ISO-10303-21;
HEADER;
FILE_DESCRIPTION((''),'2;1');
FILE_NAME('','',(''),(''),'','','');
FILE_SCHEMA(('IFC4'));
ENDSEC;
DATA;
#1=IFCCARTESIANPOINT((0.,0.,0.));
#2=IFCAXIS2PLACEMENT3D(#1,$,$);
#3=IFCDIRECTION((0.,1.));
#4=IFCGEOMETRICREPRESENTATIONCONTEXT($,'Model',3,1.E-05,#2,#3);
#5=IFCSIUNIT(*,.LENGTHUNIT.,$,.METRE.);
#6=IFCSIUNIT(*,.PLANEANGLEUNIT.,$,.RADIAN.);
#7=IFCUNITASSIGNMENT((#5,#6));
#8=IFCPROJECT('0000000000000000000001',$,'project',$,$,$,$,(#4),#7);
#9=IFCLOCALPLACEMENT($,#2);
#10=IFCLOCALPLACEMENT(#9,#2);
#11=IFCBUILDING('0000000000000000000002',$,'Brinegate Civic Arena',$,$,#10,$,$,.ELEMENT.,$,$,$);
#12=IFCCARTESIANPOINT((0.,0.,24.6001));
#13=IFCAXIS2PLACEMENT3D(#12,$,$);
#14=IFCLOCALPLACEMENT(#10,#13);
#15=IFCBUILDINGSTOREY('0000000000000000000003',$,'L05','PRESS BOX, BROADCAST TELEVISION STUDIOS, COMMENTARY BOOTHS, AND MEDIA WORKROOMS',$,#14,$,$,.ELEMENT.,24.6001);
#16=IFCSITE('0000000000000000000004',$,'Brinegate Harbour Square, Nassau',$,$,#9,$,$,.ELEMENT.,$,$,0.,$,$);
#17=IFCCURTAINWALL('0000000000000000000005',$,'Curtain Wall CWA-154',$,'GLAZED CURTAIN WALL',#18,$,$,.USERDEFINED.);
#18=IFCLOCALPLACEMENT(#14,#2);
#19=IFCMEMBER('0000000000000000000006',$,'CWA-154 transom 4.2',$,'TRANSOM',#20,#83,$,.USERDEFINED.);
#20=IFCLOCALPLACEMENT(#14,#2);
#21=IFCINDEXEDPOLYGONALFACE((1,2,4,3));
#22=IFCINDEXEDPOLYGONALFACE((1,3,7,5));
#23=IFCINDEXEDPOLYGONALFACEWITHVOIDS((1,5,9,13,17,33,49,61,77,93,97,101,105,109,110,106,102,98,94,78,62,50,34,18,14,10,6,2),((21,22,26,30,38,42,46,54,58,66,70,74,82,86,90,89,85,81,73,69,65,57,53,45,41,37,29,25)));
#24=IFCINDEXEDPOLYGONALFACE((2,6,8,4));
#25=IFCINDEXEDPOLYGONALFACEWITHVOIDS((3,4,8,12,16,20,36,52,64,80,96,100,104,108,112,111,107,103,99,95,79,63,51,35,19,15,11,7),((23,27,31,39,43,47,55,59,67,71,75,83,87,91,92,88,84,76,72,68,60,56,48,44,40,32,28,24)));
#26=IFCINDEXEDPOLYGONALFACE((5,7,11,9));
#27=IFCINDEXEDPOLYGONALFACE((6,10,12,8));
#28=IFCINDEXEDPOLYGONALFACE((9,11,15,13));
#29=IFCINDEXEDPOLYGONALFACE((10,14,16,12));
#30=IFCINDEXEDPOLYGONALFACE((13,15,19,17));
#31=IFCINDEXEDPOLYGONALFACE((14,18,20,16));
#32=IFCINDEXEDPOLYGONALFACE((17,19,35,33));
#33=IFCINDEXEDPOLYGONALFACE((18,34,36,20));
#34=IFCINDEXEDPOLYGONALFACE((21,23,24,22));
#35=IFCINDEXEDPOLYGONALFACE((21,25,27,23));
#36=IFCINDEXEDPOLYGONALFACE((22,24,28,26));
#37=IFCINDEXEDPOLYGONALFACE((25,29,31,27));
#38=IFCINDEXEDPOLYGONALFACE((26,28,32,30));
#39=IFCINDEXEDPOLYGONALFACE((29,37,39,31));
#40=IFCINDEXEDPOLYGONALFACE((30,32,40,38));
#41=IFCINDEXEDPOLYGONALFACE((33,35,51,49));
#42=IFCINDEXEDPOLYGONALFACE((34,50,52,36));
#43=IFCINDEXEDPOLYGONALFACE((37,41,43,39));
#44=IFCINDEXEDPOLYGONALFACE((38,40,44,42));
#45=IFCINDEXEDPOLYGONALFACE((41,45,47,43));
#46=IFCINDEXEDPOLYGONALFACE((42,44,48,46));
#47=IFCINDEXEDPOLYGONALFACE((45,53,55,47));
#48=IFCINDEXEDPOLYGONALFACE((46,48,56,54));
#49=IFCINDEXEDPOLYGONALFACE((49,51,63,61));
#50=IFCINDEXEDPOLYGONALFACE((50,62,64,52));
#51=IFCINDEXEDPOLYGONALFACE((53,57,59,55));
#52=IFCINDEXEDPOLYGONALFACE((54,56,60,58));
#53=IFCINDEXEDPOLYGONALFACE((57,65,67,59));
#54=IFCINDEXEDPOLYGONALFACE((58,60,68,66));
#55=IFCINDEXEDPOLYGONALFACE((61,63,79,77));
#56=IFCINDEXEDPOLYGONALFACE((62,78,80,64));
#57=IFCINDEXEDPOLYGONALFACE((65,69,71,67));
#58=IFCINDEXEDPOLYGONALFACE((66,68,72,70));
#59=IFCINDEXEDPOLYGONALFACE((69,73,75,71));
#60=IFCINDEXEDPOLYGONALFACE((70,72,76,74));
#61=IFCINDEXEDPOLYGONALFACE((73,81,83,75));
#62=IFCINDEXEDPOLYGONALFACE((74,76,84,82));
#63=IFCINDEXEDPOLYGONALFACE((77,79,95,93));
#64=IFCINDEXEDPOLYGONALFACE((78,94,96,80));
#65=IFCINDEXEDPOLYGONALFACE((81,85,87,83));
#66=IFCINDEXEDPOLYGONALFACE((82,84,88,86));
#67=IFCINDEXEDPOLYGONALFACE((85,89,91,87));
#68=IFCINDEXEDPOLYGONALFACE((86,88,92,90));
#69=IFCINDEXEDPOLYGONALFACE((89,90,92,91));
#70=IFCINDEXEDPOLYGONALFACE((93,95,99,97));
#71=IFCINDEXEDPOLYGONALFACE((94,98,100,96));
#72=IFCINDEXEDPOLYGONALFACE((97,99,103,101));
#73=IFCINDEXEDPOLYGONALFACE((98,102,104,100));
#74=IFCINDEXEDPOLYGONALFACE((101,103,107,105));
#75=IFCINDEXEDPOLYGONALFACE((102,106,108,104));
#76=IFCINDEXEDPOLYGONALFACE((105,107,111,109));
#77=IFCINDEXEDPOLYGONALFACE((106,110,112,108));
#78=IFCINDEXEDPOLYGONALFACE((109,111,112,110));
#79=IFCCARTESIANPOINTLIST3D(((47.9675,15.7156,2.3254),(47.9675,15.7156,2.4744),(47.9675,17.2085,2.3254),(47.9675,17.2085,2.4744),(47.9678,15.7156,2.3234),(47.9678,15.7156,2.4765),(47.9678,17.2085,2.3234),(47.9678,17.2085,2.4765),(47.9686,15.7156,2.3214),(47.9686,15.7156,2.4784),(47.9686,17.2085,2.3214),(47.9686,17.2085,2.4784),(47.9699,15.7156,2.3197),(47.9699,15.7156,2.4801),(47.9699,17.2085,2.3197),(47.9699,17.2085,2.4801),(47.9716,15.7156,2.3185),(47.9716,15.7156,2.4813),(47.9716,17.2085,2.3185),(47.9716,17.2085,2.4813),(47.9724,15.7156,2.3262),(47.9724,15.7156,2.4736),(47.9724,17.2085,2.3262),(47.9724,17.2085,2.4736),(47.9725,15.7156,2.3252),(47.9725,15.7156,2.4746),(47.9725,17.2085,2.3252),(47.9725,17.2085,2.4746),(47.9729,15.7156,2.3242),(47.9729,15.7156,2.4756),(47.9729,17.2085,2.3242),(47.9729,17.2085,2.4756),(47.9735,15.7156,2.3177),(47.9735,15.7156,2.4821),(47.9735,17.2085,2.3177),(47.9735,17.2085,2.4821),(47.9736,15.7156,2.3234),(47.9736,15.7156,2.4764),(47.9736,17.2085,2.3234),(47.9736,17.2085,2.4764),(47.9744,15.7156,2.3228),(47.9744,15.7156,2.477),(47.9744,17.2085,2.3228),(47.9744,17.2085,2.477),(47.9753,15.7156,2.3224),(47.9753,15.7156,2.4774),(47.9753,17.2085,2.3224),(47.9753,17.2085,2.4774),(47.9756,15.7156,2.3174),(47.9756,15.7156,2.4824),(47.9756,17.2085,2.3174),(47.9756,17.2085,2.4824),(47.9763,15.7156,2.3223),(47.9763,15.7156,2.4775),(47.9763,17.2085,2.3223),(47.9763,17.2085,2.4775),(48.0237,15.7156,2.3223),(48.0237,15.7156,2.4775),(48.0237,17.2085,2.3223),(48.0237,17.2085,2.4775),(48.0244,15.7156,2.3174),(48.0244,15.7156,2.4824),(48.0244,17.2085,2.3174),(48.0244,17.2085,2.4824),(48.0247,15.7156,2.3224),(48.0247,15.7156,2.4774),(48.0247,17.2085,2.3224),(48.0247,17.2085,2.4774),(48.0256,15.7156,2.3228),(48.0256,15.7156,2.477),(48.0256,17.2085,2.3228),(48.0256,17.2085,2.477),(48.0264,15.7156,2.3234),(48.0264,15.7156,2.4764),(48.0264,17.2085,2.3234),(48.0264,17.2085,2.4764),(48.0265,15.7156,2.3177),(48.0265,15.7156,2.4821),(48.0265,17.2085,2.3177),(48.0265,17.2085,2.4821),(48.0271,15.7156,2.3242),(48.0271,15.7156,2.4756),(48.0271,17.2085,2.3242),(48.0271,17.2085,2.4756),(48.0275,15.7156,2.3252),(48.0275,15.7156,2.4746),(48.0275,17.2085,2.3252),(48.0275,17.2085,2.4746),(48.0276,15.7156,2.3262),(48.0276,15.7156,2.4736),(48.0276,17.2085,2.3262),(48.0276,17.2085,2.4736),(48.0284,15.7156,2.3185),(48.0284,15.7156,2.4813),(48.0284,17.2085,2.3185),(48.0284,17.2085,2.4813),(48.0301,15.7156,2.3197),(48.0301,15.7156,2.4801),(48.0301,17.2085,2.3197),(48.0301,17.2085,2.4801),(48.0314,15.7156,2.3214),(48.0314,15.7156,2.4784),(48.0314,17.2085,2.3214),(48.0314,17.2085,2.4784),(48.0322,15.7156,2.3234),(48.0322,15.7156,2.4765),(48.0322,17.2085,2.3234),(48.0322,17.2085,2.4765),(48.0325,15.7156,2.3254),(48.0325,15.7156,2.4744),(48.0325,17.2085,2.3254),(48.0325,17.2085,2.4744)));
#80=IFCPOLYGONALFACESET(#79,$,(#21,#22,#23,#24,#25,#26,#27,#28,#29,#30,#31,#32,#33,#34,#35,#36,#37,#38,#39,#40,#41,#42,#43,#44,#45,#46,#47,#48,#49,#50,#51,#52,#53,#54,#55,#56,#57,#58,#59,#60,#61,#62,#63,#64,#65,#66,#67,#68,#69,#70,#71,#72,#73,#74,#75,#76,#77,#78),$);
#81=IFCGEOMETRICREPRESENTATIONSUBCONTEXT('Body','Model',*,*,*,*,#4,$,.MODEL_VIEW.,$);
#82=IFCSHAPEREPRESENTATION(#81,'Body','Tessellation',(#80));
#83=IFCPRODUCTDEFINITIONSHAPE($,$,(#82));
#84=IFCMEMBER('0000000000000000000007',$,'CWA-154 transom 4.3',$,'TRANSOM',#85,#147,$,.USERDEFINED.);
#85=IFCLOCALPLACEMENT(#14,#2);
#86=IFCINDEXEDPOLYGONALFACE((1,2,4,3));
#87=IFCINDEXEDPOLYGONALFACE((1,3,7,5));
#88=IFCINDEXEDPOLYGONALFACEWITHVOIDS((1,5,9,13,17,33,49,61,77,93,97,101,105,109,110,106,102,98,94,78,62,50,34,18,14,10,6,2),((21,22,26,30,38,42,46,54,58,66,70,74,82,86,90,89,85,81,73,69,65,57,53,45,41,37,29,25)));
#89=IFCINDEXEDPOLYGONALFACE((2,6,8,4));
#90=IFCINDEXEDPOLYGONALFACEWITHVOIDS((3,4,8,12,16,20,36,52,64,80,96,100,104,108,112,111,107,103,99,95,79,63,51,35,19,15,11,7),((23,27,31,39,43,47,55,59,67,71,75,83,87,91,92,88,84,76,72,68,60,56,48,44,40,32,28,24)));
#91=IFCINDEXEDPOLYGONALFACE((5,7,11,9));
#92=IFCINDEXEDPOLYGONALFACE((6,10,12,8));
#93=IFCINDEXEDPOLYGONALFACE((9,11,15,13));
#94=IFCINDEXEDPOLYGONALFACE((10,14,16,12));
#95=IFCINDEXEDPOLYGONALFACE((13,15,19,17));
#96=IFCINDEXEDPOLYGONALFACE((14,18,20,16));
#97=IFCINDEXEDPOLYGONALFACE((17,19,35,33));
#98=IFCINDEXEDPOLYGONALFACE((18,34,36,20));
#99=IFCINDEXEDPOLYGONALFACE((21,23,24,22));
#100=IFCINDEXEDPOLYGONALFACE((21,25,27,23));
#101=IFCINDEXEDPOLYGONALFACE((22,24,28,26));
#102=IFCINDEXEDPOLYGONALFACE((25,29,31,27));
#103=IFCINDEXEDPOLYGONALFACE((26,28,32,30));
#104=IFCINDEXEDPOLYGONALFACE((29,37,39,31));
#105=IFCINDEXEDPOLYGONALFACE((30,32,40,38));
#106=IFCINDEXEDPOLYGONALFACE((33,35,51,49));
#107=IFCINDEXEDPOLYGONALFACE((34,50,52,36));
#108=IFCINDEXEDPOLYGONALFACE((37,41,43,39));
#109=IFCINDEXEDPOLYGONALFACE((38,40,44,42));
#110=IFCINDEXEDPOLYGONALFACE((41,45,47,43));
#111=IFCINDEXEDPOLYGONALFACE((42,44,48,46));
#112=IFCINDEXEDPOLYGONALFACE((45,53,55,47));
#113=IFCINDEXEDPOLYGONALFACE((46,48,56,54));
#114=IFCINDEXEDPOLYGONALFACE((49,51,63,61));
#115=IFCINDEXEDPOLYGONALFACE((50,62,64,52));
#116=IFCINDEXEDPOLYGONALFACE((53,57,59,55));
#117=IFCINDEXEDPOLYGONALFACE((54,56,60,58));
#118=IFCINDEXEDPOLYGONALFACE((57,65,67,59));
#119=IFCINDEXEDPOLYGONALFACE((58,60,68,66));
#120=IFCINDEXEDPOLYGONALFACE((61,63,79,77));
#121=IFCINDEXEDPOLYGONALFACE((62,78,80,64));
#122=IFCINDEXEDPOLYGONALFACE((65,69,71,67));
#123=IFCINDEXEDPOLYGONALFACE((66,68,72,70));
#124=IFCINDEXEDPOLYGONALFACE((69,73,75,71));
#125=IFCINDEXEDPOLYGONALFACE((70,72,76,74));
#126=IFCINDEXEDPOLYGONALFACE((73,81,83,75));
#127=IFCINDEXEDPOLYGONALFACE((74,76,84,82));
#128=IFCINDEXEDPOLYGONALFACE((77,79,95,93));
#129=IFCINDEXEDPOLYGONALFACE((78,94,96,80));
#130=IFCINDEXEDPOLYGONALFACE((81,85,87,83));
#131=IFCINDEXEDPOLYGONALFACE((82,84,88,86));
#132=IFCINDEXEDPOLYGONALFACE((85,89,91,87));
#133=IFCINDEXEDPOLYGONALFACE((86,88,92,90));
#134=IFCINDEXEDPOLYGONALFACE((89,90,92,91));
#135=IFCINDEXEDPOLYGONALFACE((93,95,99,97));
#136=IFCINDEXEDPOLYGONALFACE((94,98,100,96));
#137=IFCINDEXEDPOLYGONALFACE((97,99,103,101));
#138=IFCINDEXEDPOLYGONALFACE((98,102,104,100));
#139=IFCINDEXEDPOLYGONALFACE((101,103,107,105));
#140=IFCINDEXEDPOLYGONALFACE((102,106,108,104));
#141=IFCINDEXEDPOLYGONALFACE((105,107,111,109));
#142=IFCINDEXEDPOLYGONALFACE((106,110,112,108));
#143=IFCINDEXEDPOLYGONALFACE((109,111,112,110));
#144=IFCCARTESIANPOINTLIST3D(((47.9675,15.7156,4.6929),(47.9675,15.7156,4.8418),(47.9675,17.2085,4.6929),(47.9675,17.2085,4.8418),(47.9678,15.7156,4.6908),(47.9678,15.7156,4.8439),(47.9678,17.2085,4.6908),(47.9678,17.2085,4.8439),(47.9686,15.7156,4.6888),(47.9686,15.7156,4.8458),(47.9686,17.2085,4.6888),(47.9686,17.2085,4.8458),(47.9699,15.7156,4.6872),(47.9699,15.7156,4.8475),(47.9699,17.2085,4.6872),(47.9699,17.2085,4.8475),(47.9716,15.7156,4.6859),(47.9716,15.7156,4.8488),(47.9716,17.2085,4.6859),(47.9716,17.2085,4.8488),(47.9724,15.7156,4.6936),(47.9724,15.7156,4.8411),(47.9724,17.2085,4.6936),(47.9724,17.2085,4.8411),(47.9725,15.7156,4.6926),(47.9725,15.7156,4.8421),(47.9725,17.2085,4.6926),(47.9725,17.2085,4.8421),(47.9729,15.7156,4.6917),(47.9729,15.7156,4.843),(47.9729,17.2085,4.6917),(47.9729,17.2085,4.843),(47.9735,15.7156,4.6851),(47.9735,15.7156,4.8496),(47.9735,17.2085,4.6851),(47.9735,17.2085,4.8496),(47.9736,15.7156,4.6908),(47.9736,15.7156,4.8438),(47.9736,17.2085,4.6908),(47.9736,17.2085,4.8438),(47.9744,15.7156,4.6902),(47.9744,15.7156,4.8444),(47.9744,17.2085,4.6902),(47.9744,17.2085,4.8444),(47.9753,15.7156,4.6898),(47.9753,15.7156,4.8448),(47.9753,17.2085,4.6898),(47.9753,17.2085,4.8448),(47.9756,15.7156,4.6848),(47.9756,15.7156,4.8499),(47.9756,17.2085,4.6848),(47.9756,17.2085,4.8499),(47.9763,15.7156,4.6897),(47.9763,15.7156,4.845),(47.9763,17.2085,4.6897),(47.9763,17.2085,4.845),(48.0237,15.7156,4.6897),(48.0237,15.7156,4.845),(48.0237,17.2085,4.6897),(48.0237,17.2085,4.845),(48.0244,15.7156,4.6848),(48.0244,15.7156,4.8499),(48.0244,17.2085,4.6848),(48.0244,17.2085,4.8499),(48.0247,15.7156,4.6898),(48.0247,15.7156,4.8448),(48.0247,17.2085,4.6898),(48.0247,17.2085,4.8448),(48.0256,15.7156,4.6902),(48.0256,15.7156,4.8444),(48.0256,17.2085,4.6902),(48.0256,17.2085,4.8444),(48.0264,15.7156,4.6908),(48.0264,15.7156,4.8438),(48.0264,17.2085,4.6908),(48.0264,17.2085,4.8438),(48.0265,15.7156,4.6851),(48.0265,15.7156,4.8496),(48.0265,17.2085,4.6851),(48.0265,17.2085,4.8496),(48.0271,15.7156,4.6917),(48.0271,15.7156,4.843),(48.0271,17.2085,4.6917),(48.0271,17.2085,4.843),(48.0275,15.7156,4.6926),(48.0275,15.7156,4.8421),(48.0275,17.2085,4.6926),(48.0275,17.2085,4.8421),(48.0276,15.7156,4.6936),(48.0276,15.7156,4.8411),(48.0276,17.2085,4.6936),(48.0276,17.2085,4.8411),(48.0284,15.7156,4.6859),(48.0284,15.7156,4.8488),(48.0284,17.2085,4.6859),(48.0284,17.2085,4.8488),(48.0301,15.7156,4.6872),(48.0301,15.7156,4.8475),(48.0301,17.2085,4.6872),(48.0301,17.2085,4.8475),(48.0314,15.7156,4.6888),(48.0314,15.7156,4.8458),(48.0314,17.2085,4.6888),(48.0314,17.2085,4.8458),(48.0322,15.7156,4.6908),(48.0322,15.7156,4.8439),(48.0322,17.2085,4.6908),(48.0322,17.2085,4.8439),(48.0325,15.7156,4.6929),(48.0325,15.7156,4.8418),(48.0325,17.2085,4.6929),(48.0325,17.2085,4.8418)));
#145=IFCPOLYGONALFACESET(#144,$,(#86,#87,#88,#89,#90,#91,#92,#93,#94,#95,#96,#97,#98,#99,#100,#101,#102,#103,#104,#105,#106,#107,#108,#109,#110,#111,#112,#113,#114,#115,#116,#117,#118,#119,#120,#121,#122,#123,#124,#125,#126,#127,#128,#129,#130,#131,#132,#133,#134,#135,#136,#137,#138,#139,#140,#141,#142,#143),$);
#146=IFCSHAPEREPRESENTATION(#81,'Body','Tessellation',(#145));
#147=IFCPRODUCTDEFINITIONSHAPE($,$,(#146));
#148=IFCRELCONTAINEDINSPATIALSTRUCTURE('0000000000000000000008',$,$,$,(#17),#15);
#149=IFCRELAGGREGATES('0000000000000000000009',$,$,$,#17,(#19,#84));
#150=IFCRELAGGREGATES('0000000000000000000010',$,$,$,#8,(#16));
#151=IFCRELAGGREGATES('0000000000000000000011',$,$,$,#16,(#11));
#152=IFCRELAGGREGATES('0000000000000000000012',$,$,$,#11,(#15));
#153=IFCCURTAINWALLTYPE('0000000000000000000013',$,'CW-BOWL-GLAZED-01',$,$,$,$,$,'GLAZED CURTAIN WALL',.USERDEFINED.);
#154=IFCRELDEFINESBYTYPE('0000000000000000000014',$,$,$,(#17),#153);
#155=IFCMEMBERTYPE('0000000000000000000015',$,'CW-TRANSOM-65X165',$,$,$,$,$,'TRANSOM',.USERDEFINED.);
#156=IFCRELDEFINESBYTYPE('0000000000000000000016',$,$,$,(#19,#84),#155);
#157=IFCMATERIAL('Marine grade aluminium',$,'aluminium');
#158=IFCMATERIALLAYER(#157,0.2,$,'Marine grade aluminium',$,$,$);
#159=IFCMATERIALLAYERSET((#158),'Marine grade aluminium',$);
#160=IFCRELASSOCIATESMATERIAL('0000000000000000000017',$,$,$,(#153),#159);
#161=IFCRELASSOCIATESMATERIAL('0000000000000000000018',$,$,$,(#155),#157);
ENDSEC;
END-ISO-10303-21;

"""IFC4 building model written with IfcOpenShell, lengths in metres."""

from ifc_helpers import new_model, si_unit, direction, frame, origin, origin_2d, place, context, subcontext, project, spatial, hollow_rectangle, extrude, material, layer, layer_set, material_profile, profile_set, type_object, element, aggregate, save


model = new_model("IFC4")

# Units and contexts
model_context = context("Model", 3, precision=1e-05, world=origin(), true_north=direction((0.0, 1.0)))
body_context = subcontext(model_context, "Body", "Model", "MODEL_VIEW")
ifc_project = project(units=[si_unit("LENGTHUNIT", "METRE"), si_unit("PLANEANGLEUNIT", "RADIAN")], contexts=[model_context])

# Site, building, storey
site_placement = place(None, origin())
site = spatial("IfcSite", under=ifc_project, at=site_placement, Name="Brinegate Harbour Square, Nassau", CompositionType="ELEMENT", RefElevation=0.0)
building_placement = place(site_placement, origin())
building = spatial("IfcBuilding", under=site, at=building_placement, Name="Brinegate Civic Arena", CompositionType="ELEMENT")
storey_placement = place(building_placement, frame((0.0, 0.0, 24.6001)))
storey = spatial("IfcBuildingStorey", under=building, at=storey_placement, Name="L05", Description="PRESS BOX, BROADCAST TELEVISION STUDIOS, COMMENTARY BOOTHS, AND MEDIA WORKROOMS", CompositionType="ELEMENT", Elevation=24.6001)

# Curtain wall
ifc_material_1 = material(Name="Marine grade aluminium", Category="aluminium")
ifc_layer_1 = layer(ifc_material_1, 0.2, Name="Marine grade aluminium")
ifc_layer_set_1 = layer_set([ifc_layer_1], Name="Marine grade aluminium")
curtain_wall_type = type_object("IfcCurtainWallType", Name="CW-BOWL-GLAZED-01", ElementType="GLAZED CURTAIN WALL", PredefinedType="USERDEFINED", material=ifc_layer_set_1)
curtain_wall_1_placement = place(storey_placement, origin())
curtain_wall_1 = element("IfcCurtainWall", 1, at=curtain_wall_1_placement, inside=storey, type_object=curtain_wall_type, Name="Curtain Wall CWA-154", ObjectType="GLAZED CURTAIN WALL", PredefinedType="USERDEFINED")

# Members
ifc_material_profile_1 = material_profile(ifc_material_1, hollow_rectangle(XDim=0.0649, YDim=0.165, WallThickness=0.0049, InnerFilletRadius=0.0039, OuterFilletRadius=0.0081, at=origin_2d()), Name="TRN65X165")
ifc_profile_set_1 = profile_set([ifc_material_profile_1], Name="Marine grade aluminium")
member_type_1 = type_object("IfcMemberType", Name="CW-TRANSOM-65X165", ElementType="TRANSOM", PredefinedType="USERDEFINED", material=ifc_profile_set_1)
member_1_placement = place(storey_placement, frame((48.0, 15.7156, 2.3999), z_axis=(0.0, 1.0, 0.0), x_axis=(-1.0, 0.0, 0.0)))
member_1 = element("IfcMember", 2, at=member_1_placement, type_object=member_type_1, Name="CWA-154 transom 4.2", ObjectType="TRANSOM", PredefinedType="USERDEFINED", context=body_context, shape_type="SweptSolid", body=[
    extrude(hollow_rectangle(XDim=0.0649, YDim=0.165, WallThickness=0.0049, InnerFilletRadius=0.0039, OuterFilletRadius=0.0081, at=origin_2d()), origin(), (0.0, 0.0, 1.0), 1.4929),
])
member_2_placement = place(storey_placement, frame((48.0, 15.7156, 4.7673), z_axis=(0.0, 1.0, 0.0), x_axis=(-1.0, 0.0, 0.0)))
member_2 = element("IfcMember", 3, at=member_2_placement, type_object=member_type_1, Name="CWA-154 transom 4.3", ObjectType="TRANSOM", PredefinedType="USERDEFINED", context=body_context, shape_type="SweptSolid", body=[
    extrude(hollow_rectangle(XDim=0.0649, YDim=0.165, WallThickness=0.0049, InnerFilletRadius=0.0039, OuterFilletRadius=0.0081, at=origin_2d()), origin(), (0.0, 0.0, 1.0), 1.4929),
])

aggregate(curtain_wall_1, [member_1, member_2])

save(model, "model.ifc")
